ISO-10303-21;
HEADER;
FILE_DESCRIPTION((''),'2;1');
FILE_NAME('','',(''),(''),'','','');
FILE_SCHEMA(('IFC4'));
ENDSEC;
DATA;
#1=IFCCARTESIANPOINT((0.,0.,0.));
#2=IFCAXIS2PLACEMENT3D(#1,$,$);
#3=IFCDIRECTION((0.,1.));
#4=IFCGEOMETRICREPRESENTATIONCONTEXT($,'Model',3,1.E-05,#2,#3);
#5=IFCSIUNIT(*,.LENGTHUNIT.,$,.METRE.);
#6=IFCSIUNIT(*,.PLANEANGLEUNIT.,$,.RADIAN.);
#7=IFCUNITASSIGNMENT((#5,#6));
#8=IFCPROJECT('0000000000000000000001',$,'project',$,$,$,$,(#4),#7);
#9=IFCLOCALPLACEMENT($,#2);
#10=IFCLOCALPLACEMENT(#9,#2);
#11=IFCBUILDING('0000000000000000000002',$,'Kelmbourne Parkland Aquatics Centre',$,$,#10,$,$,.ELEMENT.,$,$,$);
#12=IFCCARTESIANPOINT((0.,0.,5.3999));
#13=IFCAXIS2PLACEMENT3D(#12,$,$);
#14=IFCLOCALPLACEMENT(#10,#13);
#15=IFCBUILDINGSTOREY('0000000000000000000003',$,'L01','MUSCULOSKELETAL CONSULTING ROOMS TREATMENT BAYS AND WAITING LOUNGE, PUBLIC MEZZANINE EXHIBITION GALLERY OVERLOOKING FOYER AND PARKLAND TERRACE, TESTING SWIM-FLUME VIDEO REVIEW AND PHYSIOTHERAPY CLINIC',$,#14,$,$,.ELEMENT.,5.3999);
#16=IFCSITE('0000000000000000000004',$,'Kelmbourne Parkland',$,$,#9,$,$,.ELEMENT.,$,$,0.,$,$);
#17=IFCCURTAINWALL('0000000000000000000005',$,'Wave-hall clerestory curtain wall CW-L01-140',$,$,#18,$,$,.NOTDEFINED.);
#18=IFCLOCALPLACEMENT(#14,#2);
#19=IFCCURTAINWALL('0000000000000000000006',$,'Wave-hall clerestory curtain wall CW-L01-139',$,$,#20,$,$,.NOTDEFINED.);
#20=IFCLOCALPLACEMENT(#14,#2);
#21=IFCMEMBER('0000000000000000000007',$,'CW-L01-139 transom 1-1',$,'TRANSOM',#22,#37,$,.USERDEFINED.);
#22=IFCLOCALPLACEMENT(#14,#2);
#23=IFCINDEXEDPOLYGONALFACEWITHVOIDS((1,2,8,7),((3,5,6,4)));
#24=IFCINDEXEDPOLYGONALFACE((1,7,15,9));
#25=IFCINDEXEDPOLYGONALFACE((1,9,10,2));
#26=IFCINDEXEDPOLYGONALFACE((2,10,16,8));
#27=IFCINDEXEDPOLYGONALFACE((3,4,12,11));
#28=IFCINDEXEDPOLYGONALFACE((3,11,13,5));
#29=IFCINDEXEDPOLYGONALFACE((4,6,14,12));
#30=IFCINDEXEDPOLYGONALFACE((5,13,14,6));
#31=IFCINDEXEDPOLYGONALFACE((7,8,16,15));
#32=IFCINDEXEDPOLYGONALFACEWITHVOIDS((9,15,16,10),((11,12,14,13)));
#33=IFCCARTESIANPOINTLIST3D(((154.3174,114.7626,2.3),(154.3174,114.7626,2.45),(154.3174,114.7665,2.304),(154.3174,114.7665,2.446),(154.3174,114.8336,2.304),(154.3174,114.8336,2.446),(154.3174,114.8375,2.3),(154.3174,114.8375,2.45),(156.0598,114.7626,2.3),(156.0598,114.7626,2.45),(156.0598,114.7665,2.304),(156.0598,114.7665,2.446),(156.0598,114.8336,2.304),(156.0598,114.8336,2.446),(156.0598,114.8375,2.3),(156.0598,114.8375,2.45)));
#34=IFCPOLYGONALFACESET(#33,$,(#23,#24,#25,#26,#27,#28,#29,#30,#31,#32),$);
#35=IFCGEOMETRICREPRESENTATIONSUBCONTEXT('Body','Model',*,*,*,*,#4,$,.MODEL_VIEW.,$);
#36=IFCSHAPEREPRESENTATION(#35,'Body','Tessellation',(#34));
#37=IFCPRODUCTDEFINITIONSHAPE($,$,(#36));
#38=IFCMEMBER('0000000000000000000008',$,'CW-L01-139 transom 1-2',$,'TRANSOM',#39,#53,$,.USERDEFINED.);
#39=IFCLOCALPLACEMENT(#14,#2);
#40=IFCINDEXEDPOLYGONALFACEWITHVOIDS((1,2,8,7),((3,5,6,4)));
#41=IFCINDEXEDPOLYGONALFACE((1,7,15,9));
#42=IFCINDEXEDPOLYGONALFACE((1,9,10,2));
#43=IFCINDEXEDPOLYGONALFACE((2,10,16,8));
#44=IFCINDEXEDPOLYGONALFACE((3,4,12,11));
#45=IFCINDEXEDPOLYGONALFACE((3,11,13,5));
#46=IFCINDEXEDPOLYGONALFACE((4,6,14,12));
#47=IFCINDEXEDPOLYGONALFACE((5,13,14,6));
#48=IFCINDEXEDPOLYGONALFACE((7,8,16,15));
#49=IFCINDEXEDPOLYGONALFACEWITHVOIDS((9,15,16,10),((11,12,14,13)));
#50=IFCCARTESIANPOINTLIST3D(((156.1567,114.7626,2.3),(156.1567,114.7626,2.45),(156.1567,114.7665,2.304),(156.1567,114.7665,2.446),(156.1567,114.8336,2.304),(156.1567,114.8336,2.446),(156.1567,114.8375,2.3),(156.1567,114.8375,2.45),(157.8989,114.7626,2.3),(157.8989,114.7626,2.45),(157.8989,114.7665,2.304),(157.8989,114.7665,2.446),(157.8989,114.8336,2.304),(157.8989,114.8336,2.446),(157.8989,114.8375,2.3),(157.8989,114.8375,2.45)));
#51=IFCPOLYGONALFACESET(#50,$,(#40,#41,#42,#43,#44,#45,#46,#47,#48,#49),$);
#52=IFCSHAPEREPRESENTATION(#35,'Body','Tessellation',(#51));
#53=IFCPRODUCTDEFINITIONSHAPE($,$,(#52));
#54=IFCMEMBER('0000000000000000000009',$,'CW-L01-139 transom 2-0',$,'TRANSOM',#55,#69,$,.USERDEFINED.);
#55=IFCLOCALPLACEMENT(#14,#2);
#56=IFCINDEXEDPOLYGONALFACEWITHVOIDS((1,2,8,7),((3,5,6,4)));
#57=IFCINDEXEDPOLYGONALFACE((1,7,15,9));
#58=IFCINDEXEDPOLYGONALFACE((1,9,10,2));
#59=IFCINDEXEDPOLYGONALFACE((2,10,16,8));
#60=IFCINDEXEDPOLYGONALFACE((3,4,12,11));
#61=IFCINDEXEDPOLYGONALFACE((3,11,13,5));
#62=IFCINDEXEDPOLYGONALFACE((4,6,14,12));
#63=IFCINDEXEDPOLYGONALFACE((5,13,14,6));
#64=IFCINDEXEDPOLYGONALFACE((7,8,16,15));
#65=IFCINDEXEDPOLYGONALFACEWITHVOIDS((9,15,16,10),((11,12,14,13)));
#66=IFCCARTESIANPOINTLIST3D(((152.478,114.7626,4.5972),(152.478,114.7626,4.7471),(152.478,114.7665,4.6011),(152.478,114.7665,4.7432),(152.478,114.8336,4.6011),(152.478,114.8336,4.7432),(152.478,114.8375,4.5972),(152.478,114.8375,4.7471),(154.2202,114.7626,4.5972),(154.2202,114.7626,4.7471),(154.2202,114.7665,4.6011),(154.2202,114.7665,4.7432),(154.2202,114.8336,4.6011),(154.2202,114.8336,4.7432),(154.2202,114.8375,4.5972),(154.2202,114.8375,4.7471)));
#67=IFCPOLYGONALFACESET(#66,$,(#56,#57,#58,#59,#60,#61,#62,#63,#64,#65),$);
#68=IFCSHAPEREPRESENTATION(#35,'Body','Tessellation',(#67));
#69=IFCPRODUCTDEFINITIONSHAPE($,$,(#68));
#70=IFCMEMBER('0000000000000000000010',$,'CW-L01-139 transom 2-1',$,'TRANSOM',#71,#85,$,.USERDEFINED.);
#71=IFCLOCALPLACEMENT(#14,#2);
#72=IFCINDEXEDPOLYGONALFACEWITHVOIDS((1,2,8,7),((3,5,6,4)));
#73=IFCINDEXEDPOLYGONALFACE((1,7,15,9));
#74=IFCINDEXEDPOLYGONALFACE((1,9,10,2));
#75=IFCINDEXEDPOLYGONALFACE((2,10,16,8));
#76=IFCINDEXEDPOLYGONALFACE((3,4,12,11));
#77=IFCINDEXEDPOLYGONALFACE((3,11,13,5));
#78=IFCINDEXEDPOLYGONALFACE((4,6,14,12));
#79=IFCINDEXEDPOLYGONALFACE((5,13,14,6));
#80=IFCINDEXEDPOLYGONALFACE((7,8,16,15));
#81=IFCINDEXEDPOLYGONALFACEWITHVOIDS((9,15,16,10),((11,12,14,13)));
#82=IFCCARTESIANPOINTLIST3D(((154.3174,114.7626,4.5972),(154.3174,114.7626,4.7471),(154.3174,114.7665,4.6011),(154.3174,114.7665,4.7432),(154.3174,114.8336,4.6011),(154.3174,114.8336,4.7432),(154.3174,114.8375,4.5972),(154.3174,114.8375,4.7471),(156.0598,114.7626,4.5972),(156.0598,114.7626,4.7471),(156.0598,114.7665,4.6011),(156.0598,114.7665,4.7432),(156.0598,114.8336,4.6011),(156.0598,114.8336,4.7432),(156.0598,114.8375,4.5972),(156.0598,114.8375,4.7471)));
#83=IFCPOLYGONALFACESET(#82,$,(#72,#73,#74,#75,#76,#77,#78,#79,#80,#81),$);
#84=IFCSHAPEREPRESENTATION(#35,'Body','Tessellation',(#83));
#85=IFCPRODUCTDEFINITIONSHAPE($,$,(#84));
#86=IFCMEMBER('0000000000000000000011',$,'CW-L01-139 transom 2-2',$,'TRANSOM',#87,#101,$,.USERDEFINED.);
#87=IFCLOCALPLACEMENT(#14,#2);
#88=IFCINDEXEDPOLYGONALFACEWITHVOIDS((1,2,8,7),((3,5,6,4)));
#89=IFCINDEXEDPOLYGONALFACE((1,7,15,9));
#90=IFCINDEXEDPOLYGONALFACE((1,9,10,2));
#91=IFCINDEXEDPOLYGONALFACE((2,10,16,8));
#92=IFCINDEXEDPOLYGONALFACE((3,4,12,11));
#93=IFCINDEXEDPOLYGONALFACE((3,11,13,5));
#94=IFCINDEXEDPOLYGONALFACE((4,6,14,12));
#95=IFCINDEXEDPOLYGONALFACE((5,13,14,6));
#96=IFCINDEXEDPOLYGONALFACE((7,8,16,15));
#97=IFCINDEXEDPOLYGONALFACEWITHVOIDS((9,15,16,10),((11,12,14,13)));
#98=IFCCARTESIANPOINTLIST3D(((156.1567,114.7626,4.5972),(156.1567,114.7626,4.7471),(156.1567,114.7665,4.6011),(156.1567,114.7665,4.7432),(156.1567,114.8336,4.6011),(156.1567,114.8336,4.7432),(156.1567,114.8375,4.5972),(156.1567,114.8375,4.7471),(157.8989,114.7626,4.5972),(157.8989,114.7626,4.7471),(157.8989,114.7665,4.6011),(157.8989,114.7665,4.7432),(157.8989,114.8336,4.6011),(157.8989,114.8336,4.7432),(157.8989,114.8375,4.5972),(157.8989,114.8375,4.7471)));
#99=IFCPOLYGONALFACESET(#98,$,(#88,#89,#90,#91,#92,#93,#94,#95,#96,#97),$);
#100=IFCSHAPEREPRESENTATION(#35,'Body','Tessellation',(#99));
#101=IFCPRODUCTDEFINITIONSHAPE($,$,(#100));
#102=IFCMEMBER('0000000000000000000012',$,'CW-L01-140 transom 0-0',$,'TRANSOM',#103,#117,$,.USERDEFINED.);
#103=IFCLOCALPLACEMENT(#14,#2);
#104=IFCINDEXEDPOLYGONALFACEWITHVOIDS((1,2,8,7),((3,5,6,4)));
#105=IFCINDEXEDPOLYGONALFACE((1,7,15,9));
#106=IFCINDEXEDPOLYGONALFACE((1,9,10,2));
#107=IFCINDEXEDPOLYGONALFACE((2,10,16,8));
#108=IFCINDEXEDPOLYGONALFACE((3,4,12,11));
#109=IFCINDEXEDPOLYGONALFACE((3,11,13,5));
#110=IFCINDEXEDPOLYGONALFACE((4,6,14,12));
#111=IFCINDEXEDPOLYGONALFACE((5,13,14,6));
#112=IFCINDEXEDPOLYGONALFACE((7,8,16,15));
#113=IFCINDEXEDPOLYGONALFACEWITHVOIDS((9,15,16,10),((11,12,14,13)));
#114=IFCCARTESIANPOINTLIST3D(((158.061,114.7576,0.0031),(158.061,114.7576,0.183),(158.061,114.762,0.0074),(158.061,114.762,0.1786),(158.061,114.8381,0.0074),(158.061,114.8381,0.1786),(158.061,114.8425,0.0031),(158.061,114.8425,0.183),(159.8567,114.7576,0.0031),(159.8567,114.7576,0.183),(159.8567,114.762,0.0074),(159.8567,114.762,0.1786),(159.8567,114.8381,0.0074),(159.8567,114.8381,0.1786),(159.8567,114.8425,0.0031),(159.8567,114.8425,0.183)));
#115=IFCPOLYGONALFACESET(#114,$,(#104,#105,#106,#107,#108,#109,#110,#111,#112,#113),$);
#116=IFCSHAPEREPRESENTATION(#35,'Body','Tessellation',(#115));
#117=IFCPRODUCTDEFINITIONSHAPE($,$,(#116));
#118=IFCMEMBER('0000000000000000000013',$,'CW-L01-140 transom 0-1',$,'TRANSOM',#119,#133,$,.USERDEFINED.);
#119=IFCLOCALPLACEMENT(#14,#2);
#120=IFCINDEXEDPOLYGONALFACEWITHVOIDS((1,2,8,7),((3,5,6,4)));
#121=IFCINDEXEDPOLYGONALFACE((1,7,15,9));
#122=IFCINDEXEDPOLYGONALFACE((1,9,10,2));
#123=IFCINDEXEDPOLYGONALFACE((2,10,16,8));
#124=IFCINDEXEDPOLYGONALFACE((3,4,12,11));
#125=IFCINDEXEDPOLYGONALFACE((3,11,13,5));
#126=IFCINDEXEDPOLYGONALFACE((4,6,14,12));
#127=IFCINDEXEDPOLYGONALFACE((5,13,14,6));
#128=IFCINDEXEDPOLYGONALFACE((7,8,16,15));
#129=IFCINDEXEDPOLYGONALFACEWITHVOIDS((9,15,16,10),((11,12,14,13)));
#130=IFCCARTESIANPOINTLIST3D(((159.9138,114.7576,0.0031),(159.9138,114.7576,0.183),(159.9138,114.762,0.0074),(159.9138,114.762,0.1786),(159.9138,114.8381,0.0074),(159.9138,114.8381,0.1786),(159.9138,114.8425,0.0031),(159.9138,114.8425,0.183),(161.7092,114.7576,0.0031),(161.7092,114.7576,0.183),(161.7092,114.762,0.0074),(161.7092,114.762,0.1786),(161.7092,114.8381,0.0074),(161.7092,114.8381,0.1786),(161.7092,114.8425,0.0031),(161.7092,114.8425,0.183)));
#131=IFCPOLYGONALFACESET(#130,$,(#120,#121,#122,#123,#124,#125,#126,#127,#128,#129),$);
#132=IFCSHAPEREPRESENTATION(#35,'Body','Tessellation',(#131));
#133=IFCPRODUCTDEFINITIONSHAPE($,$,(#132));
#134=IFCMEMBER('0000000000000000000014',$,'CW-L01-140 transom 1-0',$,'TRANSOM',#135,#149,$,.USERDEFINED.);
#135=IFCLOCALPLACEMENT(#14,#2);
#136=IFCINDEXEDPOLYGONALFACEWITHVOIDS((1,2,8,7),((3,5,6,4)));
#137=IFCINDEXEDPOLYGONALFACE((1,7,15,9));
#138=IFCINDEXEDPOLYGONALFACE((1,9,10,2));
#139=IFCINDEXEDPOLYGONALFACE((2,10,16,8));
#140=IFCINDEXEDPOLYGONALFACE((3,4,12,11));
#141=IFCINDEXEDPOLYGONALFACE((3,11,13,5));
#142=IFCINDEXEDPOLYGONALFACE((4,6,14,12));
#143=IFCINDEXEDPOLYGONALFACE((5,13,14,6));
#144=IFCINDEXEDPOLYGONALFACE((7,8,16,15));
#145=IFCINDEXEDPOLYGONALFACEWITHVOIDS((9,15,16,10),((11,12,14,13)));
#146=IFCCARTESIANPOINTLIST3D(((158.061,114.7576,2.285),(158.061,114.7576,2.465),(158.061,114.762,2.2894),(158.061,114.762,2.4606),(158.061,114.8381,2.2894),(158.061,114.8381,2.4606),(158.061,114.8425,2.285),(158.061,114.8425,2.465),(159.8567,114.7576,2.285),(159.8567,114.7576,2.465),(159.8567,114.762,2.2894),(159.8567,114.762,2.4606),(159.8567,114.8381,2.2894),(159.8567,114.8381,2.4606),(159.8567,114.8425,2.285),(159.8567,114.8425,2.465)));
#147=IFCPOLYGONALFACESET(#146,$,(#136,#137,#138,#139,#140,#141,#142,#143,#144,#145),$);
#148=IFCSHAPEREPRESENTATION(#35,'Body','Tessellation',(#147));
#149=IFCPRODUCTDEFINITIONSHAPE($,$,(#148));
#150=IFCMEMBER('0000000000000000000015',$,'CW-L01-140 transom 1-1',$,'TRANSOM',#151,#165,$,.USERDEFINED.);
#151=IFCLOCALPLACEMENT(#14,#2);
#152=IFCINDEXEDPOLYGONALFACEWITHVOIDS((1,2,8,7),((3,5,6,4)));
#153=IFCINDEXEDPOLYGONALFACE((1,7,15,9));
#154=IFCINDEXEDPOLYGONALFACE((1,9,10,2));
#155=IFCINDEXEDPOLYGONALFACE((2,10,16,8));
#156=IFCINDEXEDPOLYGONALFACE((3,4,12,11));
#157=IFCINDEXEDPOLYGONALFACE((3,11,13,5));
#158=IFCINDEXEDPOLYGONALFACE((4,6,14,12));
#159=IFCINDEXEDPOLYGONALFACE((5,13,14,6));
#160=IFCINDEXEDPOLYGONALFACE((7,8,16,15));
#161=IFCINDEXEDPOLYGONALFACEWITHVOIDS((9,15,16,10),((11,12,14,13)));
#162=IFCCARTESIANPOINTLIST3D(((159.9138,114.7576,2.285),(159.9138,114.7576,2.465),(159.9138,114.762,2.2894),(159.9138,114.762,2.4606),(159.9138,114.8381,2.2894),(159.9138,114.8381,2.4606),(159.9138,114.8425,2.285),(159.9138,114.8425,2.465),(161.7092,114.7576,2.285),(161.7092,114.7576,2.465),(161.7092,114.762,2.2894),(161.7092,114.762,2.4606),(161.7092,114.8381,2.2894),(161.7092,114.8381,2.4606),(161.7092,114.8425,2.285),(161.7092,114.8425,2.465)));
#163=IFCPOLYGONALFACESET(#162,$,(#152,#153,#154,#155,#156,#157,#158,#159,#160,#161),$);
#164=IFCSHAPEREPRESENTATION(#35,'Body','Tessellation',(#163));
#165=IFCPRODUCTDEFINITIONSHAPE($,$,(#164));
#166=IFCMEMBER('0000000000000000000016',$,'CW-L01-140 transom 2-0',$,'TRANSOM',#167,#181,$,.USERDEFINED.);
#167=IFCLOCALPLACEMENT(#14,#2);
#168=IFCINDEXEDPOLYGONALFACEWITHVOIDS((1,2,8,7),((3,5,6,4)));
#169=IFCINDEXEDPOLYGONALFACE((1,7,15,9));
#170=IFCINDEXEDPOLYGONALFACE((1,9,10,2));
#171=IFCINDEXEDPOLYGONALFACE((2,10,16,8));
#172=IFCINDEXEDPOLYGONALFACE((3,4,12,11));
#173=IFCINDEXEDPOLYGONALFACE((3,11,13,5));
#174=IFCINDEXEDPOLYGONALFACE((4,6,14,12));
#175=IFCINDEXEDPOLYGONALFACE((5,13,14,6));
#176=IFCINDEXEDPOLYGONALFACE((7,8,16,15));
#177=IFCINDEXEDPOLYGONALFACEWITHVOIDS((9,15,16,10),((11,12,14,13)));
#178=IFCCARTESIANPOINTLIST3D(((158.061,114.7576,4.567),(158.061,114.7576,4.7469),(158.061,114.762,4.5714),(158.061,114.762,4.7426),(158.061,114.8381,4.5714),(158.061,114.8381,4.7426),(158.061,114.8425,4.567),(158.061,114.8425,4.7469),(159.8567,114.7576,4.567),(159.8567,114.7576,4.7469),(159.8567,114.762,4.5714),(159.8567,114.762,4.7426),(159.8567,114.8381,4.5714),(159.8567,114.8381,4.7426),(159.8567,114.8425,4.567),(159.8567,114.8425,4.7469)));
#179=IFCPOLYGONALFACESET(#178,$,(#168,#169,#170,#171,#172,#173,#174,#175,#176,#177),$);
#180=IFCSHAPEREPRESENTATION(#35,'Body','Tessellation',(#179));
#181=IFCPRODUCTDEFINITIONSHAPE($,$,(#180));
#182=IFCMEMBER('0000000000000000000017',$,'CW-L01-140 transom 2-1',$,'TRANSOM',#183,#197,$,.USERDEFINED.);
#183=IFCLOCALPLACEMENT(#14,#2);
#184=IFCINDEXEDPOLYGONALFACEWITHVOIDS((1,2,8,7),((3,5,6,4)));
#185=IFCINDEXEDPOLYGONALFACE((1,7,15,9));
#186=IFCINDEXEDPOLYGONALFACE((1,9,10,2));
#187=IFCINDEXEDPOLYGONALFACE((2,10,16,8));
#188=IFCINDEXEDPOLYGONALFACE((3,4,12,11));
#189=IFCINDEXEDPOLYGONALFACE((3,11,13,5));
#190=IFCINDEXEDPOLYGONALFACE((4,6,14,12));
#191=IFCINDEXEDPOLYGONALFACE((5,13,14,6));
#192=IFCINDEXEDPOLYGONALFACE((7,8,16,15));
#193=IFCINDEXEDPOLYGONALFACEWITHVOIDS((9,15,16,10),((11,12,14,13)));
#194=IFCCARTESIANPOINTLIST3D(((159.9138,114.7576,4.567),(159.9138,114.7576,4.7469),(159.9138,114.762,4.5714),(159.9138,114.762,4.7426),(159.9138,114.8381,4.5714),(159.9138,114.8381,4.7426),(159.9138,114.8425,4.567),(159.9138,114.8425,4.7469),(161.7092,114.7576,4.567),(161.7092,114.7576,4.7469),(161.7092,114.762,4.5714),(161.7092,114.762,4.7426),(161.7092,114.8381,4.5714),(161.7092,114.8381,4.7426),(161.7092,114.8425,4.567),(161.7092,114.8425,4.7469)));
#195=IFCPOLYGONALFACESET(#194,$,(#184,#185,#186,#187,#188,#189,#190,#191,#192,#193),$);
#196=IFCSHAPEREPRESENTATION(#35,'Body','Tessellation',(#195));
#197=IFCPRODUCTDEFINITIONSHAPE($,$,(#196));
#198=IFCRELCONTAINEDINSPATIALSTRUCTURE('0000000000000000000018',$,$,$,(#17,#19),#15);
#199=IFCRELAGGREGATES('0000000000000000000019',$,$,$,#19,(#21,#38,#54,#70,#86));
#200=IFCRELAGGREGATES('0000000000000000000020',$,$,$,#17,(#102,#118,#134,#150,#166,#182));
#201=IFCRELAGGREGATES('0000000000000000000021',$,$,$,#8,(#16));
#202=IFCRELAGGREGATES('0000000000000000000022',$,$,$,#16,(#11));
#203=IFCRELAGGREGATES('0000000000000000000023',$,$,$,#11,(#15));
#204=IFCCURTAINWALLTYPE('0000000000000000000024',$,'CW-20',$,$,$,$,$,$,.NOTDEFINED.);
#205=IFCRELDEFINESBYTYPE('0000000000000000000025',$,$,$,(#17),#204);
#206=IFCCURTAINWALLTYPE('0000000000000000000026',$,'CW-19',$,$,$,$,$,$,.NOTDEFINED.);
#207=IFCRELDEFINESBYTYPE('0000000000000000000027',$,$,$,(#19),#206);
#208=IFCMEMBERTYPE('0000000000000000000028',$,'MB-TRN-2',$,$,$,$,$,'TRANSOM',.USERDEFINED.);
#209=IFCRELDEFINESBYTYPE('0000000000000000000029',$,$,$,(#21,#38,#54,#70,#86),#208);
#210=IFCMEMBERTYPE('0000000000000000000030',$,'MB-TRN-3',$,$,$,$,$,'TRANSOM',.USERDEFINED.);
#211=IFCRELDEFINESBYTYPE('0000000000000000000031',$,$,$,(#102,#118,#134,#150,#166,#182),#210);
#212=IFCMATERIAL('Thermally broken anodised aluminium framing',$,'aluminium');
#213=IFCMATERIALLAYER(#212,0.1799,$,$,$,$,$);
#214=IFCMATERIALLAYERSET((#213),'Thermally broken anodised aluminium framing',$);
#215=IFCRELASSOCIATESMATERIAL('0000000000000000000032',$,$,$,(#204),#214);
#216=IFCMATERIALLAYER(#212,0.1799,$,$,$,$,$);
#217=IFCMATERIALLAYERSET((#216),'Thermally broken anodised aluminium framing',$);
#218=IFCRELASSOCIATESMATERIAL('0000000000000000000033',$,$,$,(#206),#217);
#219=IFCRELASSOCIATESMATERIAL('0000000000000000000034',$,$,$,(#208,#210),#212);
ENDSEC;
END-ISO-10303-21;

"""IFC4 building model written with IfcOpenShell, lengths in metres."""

from ifc_helpers import new_model, si_unit, direction, frame, origin, origin_2d, place, context, subcontext, project, spatial, hollow_rectangle, extrude, material, layer, layer_set, material_profile, profile_set, type_object, element, aggregate, save


model = new_model("IFC4")

# Units and contexts
model_context = context("Model", 3, precision=1e-05, world=origin(), true_north=direction((0.0, 1.0)))
body_context = subcontext(model_context, "Body", "Model", "MODEL_VIEW")
ifc_project = project(units=[si_unit("LENGTHUNIT", "METRE"), si_unit("PLANEANGLEUNIT", "RADIAN")], contexts=[model_context])

# Site, building, storey
site_placement = place(None, origin())
site = spatial("IfcSite", under=ifc_project, at=site_placement, Name="Kelmbourne Parkland", CompositionType="ELEMENT", RefElevation=0.0)
building_placement = place(site_placement, origin())
building = spatial("IfcBuilding", under=site, at=building_placement, Name="Kelmbourne Parkland Aquatics Centre", CompositionType="ELEMENT")
storey_placement = place(building_placement, frame((0.0, 0.0, 5.3999)))
storey = spatial("IfcBuildingStorey", under=building, at=storey_placement, Name="L01", Description="MUSCULOSKELETAL CONSULTING ROOMS TREATMENT BAYS AND WAITING LOUNGE, PUBLIC MEZZANINE EXHIBITION GALLERY OVERLOOKING FOYER AND PARKLAND TERRACE, TESTING SWIM-FLUME VIDEO REVIEW AND PHYSIOTHERAPY CLINIC", CompositionType="ELEMENT", Elevation=5.3999)

# Curtain walls, members
ifc_material_1 = material(Name="Thermally broken anodised aluminium framing", Category="aluminium")
ifc_layer_1 = layer(ifc_material_1, 0.1799)
ifc_layer_set_1 = layer_set([ifc_layer_1], Name="Thermally broken anodised aluminium framing")
curtain_wall_type_1 = type_object("IfcCurtainWallType", Name="CW-20", PredefinedType="NOTDEFINED", material=ifc_layer_set_1)
curtain_wall_1_placement = place(storey_placement, origin())
curtain_wall_1 = element("IfcCurtainWall", 1, at=curtain_wall_1_placement, inside=storey, type_object=curtain_wall_type_1, Name="Wave-hall clerestory curtain wall CW-L01-140", PredefinedType="NOTDEFINED")
ifc_layer_2 = layer(ifc_material_1, 0.1799)
ifc_layer_set_2 = layer_set([ifc_layer_2], Name="Thermally broken anodised aluminium framing")
curtain_wall_type_2 = type_object("IfcCurtainWallType", Name="CW-19", PredefinedType="NOTDEFINED", material=ifc_layer_set_2)
curtain_wall_2_placement = place(storey_placement, origin())
curtain_wall_2 = element("IfcCurtainWall", 2, at=curtain_wall_2_placement, inside=storey, type_object=curtain_wall_type_2, Name="Wave-hall clerestory curtain wall CW-L01-139", PredefinedType="NOTDEFINED")
ifc_material_profile_1 = material_profile(ifc_material_1, hollow_rectangle(XDim=0.075, YDim=0.1499, WallThickness=0.0039, at=origin_2d()), Name="CW-T 75x150")
ifc_profile_set_1 = profile_set([ifc_material_profile_1], Name="Thermally broken anodised aluminium framing")
member_type_1 = type_object("IfcMemberType", Name="MB-TRN-2", ElementType="TRANSOM", PredefinedType="USERDEFINED", material=ifc_profile_set_1)
member_1_placement = place(storey_placement, frame((154.3174, 114.8, 2.375), z_axis=(1.0, 0.0, 0.0), x_axis=(0.0, 1.0, 0.0)))
member_1 = element("IfcMember", 3, at=member_1_placement, type_object=member_type_1, Name="CW-L01-139 transom 1-1", ObjectType="TRANSOM", PredefinedType="USERDEFINED", context=body_context, shape_type="SweptSolid", body=[
    extrude(hollow_rectangle(XDim=0.075, YDim=0.1499, WallThickness=0.0039, at=origin_2d()), origin(), (0.0, 0.0, 1.0), 1.7424),
])
member_2_placement = place(storey_placement, frame((156.1567, 114.8, 2.375), z_axis=(1.0, 0.0, 0.0), x_axis=(0.0, 1.0, 0.0)))
member_2 = element("IfcMember", 4, at=member_2_placement, type_object=member_type_1, Name="CW-L01-139 transom 1-2", ObjectType="TRANSOM", PredefinedType="USERDEFINED", context=body_context, shape_type="SweptSolid", body=[
    extrude(hollow_rectangle(XDim=0.075, YDim=0.1499, WallThickness=0.0039, at=origin_2d()), origin(), (0.0, 0.0, 1.0), 1.7422),
])
member_3_placement = place(storey_placement, frame((152.478, 114.8, 4.6721), z_axis=(1.0, 0.0, 0.0), x_axis=(0.0, 1.0, 0.0)))
member_3 = element("IfcMember", 5, at=member_3_placement, type_object=member_type_1, Name="CW-L01-139 transom 2-0", ObjectType="TRANSOM", PredefinedType="USERDEFINED", context=body_context, shape_type="SweptSolid", body=[
    extrude(hollow_rectangle(XDim=0.075, YDim=0.1499, WallThickness=0.0039, at=origin_2d()), origin(), (0.0, 0.0, 1.0), 1.7422),
])
member_4_placement = place(storey_placement, frame((154.3174, 114.8, 4.6721), z_axis=(1.0, 0.0, 0.0), x_axis=(0.0, 1.0, 0.0)))
member_4 = element("IfcMember", 6, at=member_4_placement, type_object=member_type_1, Name="CW-L01-139 transom 2-1", ObjectType="TRANSOM", PredefinedType="USERDEFINED", context=body_context, shape_type="SweptSolid", body=[
    extrude(hollow_rectangle(XDim=0.075, YDim=0.1499, WallThickness=0.0039, at=origin_2d()), origin(), (0.0, 0.0, 1.0), 1.7424),
])
member_5_placement = place(storey_placement, frame((156.1567, 114.8, 4.6721), z_axis=(1.0, 0.0, 0.0), x_axis=(0.0, 1.0, 0.0)))
member_5 = element("IfcMember", 7, at=member_5_placement, type_object=member_type_1, Name="CW-L01-139 transom 2-2", ObjectType="TRANSOM", PredefinedType="USERDEFINED", context=body_context, shape_type="SweptSolid", body=[
    extrude(hollow_rectangle(XDim=0.075, YDim=0.1499, WallThickness=0.0039, at=origin_2d()), origin(), (0.0, 0.0, 1.0), 1.7422),
])

# Members
ifc_material_profile_2 = material_profile(ifc_material_1, hollow_rectangle(XDim=0.085, YDim=0.1799, WallThickness=0.0044, at=origin_2d()), Name="CW-T 85x180")
ifc_profile_set_2 = profile_set([ifc_material_profile_2], Name="Thermally broken anodised aluminium framing")
member_type_2 = type_object("IfcMemberType", Name="MB-TRN-3", ElementType="TRANSOM", PredefinedType="USERDEFINED", material=ifc_profile_set_2)
member_6_placement = place(storey_placement, frame((158.061, 114.8, 0.093), z_axis=(1.0, 0.0, 0.0), x_axis=(0.0, 1.0, 0.0)))
member_6 = element("IfcMember", 8, at=member_6_placement, type_object=member_type_2, Name="CW-L01-140 transom 0-0", ObjectType="TRANSOM", PredefinedType="USERDEFINED", context=body_context, shape_type="SweptSolid", body=[
    extrude(hollow_rectangle(XDim=0.085, YDim=0.1799, WallThickness=0.0044, at=origin_2d()), origin(), (0.0, 0.0, 1.0), 1.7957),
])
member_7_placement = place(storey_placement, frame((159.9138, 114.8, 0.093), z_axis=(1.0, 0.0, 0.0), x_axis=(0.0, 1.0, 0.0)))
member_7 = element("IfcMember", 9, at=member_7_placement, type_object=member_type_2, Name="CW-L01-140 transom 0-1", ObjectType="TRANSOM", PredefinedType="USERDEFINED", context=body_context, shape_type="SweptSolid", body=[
    extrude(hollow_rectangle(XDim=0.085, YDim=0.1799, WallThickness=0.0044, at=origin_2d()), origin(), (0.0, 0.0, 1.0), 1.7954),
])
member_8_placement = place(storey_placement, frame((158.061, 114.8, 2.375), z_axis=(1.0, 0.0, 0.0), x_axis=(0.0, 1.0, 0.0)))
member_8 = element("IfcMember", 10, at=member_8_placement, type_object=member_type_2, Name="CW-L01-140 transom 1-0", ObjectType="TRANSOM", PredefinedType="USERDEFINED", context=body_context, shape_type="SweptSolid", body=[
    extrude(hollow_rectangle(XDim=0.085, YDim=0.1799, WallThickness=0.0044, at=origin_2d()), origin(), (0.0, 0.0, 1.0), 1.7957),
])
member_9_placement = place(storey_placement, frame((159.9138, 114.8, 2.375), z_axis=(1.0, 0.0, 0.0), x_axis=(0.0, 1.0, 0.0)))
member_9 = element("IfcMember", 11, at=member_9_placement, type_object=member_type_2, Name="CW-L01-140 transom 1-1", ObjectType="TRANSOM", PredefinedType="USERDEFINED", context=body_context, shape_type="SweptSolid", body=[
    extrude(hollow_rectangle(XDim=0.085, YDim=0.1799, WallThickness=0.0044, at=origin_2d()), origin(), (0.0, 0.0, 1.0), 1.7954),
])
member_10_placement = place(storey_placement, frame((158.061, 114.8, 4.657), z_axis=(1.0, 0.0, 0.0), x_axis=(0.0, 1.0, 0.0)))
member_10 = element("IfcMember", 12, at=member_10_placement, type_object=member_type_2, Name="CW-L01-140 transom 2-0", ObjectType="TRANSOM", PredefinedType="USERDEFINED", context=body_context, shape_type="SweptSolid", body=[
    extrude(hollow_rectangle(XDim=0.085, YDim=0.1799, WallThickness=0.0044, at=origin_2d()), origin(), (0.0, 0.0, 1.0), 1.7957),
])
member_11_placement = place(storey_placement, frame((159.9138, 114.8, 4.657), z_axis=(1.0, 0.0, 0.0), x_axis=(0.0, 1.0, 0.0)))
member_11 = element("IfcMember", 13, at=member_11_placement, type_object=member_type_2, Name="CW-L01-140 transom 2-1", ObjectType="TRANSOM", PredefinedType="USERDEFINED", context=body_context, shape_type="SweptSolid", body=[
    extrude(hollow_rectangle(XDim=0.085, YDim=0.1799, WallThickness=0.0044, at=origin_2d()), origin(), (0.0, 0.0, 1.0), 1.7954),
])

aggregate(curtain_wall_2, [member_1, member_2, member_3, member_4, member_5])
aggregate(curtain_wall_1, [member_6, member_7, member_8, member_9, member_10, member_11])

save(model, "model.ifc")
